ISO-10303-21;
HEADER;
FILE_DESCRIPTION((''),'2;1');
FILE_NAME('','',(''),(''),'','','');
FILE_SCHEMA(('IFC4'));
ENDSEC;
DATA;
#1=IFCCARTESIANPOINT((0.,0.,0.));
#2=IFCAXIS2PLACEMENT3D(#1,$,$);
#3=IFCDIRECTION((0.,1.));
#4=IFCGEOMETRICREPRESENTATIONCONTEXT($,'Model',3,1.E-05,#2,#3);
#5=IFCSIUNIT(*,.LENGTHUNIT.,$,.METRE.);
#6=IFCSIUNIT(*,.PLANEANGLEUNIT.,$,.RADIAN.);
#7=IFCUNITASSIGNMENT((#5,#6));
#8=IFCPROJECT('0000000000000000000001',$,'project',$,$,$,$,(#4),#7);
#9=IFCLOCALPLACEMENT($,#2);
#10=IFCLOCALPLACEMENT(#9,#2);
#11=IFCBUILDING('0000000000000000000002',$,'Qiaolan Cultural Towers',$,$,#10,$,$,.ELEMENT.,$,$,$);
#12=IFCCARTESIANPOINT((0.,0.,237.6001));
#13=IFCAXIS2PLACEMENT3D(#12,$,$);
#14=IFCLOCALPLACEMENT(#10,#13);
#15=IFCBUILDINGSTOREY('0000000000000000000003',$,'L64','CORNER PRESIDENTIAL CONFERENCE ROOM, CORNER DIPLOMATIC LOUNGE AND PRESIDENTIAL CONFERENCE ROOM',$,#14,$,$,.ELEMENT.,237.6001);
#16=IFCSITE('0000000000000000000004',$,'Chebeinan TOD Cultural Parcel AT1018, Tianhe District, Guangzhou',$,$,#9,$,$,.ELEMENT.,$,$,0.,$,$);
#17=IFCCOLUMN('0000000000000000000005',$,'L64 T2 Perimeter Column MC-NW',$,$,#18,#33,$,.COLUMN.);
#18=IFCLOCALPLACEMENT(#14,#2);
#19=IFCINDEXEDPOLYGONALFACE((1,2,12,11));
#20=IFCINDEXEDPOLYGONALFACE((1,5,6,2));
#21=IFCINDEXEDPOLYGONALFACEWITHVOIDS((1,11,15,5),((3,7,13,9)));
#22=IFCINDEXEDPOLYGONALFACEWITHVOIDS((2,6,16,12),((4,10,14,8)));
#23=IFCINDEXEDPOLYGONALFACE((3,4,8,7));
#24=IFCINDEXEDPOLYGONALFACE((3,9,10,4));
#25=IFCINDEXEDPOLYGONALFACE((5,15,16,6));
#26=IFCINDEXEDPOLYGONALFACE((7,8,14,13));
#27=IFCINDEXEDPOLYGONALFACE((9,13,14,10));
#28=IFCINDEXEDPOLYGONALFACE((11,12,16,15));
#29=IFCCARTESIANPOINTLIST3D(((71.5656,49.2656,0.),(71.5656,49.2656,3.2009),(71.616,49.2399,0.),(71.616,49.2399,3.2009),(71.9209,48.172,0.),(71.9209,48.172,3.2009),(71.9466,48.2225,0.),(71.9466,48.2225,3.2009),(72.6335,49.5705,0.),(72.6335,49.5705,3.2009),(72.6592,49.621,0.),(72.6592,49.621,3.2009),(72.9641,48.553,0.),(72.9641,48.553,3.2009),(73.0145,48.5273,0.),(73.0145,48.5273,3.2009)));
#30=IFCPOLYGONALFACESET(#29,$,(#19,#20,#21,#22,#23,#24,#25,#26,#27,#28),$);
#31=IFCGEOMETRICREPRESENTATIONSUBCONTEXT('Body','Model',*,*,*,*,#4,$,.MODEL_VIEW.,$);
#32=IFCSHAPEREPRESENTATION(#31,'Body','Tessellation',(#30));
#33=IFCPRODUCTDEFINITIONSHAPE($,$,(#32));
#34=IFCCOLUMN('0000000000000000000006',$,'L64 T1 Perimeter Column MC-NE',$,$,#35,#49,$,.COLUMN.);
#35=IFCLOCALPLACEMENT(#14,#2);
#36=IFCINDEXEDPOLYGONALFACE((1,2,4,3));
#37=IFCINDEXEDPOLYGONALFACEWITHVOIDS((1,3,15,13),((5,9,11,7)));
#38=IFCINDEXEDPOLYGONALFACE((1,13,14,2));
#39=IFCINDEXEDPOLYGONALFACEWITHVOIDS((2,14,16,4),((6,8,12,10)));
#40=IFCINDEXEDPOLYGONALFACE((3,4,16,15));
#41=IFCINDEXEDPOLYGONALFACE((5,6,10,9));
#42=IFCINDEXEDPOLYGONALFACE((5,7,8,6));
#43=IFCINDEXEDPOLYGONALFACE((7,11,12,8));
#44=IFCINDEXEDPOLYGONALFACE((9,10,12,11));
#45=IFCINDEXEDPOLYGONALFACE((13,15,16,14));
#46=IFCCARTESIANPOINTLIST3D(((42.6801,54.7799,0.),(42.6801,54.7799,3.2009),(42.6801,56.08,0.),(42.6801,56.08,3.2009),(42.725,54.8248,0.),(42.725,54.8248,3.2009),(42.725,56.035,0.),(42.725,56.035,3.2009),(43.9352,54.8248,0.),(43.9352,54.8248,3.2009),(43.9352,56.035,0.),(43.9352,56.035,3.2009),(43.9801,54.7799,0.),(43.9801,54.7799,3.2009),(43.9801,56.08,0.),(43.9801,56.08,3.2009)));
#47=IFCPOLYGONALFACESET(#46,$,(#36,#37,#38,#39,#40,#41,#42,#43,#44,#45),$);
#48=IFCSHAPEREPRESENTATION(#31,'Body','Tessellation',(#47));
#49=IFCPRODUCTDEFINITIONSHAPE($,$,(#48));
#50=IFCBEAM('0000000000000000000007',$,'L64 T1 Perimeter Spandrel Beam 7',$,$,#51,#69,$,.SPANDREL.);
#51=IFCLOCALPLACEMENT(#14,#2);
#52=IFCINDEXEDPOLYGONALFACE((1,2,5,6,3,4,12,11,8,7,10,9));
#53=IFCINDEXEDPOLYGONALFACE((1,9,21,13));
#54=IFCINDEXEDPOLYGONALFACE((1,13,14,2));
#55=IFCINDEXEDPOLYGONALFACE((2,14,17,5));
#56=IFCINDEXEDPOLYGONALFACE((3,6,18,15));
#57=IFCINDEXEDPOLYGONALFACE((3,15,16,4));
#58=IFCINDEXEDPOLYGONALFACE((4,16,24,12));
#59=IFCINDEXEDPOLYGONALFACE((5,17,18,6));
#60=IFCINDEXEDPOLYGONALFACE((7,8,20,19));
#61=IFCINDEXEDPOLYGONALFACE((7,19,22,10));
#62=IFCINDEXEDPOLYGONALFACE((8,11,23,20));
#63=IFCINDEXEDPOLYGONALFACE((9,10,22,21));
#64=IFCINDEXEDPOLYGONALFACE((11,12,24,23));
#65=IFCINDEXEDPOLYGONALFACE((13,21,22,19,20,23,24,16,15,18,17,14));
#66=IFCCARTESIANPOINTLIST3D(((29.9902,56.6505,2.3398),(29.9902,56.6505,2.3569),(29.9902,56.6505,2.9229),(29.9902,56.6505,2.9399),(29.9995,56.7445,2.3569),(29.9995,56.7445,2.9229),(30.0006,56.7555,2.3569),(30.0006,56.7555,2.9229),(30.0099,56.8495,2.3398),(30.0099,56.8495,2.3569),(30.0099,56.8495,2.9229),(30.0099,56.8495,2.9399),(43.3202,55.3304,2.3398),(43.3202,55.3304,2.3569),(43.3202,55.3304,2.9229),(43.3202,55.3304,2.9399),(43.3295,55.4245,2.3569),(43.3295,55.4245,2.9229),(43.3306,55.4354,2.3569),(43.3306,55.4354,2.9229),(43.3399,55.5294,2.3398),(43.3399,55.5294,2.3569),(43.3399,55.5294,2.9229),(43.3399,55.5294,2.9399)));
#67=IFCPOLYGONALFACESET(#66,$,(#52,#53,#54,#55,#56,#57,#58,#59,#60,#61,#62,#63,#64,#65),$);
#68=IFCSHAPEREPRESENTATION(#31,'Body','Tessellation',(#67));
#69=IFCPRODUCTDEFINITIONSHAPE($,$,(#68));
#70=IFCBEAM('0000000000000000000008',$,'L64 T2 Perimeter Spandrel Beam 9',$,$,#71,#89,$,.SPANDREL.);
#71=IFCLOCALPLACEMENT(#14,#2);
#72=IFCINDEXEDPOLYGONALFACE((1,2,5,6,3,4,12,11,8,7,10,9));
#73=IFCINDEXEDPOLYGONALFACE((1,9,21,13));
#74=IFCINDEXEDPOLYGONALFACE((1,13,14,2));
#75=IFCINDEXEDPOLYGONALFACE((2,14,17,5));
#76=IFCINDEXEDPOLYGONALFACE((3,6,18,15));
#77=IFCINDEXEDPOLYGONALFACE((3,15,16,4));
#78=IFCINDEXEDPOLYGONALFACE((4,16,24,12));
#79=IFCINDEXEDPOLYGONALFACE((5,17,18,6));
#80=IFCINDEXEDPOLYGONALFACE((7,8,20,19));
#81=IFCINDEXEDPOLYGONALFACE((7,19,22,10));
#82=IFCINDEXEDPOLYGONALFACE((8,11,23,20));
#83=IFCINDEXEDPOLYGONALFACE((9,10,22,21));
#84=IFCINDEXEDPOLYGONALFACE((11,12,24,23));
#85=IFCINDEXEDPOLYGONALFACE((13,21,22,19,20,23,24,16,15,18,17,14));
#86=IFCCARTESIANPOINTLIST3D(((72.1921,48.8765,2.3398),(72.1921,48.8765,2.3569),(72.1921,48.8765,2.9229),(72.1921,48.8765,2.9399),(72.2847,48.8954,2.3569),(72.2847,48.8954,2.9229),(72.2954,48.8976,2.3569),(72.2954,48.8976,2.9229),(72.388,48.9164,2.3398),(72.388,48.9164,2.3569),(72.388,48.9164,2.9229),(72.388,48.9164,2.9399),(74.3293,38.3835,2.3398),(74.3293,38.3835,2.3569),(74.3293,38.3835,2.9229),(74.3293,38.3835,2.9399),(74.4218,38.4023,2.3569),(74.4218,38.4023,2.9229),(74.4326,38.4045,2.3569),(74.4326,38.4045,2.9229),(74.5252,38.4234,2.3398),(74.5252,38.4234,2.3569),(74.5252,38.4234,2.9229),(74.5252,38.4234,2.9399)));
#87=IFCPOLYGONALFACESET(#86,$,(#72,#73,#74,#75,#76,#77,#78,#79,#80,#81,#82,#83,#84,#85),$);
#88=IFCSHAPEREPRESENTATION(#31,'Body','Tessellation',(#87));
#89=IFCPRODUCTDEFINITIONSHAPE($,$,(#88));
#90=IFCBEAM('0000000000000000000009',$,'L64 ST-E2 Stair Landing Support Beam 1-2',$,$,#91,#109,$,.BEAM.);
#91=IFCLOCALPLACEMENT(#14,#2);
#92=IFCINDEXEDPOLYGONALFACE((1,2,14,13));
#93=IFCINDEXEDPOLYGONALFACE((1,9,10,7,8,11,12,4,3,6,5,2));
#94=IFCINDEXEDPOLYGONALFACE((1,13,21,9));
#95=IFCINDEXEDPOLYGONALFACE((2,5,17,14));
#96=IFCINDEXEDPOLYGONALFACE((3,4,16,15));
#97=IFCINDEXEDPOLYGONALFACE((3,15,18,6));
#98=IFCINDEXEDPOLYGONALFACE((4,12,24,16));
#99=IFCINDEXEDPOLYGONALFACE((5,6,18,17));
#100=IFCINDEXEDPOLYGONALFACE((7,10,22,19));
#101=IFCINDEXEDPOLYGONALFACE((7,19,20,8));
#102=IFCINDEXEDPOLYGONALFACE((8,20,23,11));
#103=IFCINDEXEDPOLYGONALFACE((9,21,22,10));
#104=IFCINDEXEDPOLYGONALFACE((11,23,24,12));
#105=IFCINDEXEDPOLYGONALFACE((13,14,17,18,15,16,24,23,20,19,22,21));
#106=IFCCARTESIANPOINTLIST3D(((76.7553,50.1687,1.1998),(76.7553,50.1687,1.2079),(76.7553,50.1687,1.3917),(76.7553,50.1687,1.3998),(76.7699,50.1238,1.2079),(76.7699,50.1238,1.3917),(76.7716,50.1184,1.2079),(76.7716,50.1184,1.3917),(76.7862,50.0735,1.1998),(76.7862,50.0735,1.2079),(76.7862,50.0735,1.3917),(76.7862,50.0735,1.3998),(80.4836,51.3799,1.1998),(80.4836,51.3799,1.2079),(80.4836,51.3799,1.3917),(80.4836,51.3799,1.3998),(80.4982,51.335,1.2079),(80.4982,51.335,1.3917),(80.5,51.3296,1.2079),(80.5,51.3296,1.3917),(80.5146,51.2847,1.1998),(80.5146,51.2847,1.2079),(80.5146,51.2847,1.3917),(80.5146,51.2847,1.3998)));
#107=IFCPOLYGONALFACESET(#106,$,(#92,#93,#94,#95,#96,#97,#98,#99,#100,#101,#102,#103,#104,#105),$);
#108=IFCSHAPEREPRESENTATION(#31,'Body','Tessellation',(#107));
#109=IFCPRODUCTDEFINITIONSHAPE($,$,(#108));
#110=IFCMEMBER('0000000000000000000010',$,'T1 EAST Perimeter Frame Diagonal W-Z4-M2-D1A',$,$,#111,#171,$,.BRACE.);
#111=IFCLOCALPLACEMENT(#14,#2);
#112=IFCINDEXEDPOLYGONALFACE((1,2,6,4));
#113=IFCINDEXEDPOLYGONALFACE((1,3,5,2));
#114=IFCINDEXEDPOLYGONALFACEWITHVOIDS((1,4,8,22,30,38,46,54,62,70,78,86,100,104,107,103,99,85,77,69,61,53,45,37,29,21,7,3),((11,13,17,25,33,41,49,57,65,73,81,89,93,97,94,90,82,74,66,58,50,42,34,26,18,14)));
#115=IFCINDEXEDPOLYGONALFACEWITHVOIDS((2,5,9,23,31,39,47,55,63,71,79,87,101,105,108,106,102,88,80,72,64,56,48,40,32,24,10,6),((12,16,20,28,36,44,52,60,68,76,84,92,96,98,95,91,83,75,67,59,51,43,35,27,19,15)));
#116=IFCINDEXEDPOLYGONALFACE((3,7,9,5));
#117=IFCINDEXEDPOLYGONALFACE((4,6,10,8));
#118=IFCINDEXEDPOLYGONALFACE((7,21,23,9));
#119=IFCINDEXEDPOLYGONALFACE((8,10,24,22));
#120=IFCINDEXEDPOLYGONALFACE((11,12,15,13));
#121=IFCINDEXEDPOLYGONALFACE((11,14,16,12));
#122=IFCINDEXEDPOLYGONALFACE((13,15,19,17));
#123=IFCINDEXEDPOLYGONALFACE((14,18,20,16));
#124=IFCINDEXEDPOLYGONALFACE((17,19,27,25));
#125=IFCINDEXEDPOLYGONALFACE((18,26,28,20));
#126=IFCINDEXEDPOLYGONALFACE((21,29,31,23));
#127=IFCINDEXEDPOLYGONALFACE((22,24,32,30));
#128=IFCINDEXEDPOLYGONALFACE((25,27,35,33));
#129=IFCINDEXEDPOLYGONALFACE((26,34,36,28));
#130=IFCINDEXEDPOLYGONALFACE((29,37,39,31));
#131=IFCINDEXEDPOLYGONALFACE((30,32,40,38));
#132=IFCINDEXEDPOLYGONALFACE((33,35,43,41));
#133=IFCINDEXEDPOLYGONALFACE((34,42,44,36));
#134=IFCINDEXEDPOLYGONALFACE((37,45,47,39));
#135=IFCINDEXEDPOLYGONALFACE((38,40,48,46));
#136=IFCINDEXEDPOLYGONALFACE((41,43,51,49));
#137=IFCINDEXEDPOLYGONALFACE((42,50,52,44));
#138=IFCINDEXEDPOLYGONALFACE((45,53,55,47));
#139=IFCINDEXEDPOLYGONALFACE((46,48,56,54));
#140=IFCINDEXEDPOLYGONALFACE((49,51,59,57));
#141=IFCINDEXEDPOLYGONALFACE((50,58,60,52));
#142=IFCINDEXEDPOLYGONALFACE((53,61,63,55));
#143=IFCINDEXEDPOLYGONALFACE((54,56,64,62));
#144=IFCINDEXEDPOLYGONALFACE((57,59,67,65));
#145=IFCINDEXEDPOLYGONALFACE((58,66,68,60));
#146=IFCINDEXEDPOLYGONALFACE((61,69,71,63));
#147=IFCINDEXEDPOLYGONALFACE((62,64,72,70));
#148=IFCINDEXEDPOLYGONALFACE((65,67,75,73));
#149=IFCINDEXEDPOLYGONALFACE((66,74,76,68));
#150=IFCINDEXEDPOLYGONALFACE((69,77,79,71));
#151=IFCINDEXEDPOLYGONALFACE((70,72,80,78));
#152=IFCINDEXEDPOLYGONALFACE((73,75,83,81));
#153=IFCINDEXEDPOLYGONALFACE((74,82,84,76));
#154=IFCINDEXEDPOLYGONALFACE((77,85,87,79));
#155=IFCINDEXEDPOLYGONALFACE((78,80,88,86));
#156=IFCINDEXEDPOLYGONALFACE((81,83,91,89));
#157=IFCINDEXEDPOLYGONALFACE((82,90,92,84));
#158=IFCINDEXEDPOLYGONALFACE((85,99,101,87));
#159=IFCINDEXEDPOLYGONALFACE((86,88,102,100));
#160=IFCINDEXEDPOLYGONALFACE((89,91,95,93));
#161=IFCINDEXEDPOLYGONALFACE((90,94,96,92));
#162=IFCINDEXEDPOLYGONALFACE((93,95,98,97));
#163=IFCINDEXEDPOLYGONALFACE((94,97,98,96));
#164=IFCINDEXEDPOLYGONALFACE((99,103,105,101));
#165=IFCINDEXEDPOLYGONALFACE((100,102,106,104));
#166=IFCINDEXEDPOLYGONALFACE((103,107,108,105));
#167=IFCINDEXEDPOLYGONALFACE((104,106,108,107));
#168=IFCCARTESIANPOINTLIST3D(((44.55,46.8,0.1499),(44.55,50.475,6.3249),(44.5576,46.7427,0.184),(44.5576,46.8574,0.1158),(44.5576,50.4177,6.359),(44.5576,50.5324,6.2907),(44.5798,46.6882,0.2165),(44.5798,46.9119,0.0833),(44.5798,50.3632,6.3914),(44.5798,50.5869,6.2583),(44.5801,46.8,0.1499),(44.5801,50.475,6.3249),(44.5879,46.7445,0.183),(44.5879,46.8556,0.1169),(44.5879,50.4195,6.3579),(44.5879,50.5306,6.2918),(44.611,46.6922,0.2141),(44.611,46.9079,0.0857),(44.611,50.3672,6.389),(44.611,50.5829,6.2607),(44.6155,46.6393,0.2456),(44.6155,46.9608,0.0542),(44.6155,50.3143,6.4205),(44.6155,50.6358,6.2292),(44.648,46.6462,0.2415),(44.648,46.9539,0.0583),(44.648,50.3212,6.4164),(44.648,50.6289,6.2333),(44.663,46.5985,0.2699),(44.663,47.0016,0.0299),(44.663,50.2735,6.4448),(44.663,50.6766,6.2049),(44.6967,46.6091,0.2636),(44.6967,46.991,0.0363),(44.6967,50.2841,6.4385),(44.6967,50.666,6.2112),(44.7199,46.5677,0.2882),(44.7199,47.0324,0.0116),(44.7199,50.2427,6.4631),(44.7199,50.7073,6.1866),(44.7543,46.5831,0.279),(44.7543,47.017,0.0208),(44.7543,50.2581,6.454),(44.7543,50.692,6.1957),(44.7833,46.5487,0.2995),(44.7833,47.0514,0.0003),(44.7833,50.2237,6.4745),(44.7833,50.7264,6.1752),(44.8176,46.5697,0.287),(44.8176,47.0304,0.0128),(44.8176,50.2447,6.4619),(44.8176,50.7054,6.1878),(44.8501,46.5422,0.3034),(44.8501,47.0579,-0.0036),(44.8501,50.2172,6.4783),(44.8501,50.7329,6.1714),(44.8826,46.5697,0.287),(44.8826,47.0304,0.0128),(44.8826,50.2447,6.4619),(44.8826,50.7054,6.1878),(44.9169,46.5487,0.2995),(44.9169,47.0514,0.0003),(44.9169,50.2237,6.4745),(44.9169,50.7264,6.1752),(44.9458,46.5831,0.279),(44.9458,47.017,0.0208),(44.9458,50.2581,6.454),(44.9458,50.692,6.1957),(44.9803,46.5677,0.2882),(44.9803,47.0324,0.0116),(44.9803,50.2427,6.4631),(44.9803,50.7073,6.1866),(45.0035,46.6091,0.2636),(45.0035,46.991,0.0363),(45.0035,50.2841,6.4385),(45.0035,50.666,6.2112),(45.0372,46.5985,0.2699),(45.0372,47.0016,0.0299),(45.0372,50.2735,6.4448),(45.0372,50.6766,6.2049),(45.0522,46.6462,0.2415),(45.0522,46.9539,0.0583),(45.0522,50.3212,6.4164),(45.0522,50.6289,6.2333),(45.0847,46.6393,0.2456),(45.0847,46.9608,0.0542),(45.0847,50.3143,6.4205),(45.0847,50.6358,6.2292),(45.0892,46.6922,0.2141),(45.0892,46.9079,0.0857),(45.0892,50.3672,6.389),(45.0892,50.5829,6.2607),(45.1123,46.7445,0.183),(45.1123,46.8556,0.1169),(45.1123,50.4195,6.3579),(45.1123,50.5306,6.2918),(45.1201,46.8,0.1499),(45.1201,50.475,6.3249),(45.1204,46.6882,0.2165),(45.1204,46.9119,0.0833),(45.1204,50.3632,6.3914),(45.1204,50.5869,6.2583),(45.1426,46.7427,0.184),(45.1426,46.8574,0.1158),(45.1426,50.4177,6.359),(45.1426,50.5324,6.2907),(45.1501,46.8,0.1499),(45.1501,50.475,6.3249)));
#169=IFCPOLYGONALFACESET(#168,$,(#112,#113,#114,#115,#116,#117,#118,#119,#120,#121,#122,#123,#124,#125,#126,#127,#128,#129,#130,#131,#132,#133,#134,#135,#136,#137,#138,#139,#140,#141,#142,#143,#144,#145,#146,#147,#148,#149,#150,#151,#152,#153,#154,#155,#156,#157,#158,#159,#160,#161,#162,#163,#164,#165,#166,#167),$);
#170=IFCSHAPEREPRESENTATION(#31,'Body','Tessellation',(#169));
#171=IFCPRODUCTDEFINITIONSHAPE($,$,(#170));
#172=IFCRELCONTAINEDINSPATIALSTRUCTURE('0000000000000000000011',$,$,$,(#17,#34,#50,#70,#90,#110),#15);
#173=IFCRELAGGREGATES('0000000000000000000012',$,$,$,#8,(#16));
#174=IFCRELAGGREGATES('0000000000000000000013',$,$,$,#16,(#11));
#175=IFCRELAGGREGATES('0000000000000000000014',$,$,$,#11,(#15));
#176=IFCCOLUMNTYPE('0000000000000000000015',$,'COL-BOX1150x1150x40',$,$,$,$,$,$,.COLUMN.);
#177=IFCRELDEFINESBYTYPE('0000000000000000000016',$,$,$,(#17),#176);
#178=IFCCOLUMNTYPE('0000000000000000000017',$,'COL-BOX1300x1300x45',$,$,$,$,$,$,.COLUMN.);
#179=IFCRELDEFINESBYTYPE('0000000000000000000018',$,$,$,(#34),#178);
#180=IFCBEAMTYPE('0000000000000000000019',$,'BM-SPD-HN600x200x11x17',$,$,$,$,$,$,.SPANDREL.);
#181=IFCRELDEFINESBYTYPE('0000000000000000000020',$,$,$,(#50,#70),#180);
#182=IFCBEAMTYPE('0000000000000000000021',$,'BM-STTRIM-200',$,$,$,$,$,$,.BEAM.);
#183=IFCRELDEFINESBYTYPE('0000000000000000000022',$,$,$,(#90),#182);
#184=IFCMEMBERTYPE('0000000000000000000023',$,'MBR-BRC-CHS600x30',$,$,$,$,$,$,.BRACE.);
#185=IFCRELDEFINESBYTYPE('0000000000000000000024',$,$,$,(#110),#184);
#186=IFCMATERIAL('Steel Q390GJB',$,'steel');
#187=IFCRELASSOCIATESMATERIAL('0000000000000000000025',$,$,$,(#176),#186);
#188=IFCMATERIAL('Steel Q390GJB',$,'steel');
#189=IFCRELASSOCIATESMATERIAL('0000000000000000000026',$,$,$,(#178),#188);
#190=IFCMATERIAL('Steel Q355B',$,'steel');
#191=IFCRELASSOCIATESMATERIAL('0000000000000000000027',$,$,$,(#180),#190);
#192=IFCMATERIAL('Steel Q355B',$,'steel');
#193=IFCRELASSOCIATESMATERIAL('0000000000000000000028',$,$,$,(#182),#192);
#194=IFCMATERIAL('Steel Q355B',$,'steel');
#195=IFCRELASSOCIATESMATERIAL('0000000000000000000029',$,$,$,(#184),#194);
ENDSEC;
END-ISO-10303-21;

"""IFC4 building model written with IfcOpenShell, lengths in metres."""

from ifc_helpers import new_model, si_unit, direction, frame, origin, origin_2d, place, context, subcontext, project, spatial, hollow_rectangle, hollow_circle, i_section, extrude, material, material_profile, profile_set, type_object, element, save


model = new_model("IFC4")

# Units and contexts
model_context = context("Model", 3, precision=1e-05, world=origin(), true_north=direction((0.0, 1.0)))
body_context = subcontext(model_context, "Body", "Model", "MODEL_VIEW")
ifc_project = project(units=[si_unit("LENGTHUNIT", "METRE"), si_unit("PLANEANGLEUNIT", "RADIAN")], contexts=[model_context])

# Site, building, storey
site_placement = place(None, origin())
site = spatial("IfcSite", under=ifc_project, at=site_placement, Name="Chebeinan TOD Cultural Parcel AT1018, Tianhe District, Guangzhou", CompositionType="ELEMENT", RefElevation=0.0)
building_placement = place(site_placement, origin())
building = spatial("IfcBuilding", under=site, at=building_placement, Name="Qiaolan Cultural Towers", CompositionType="ELEMENT")
storey_placement = place(building_placement, frame((0.0, 0.0, 237.6001)))
storey = spatial("IfcBuildingStorey", under=building, at=storey_placement, Name="L64", Description="CORNER PRESIDENTIAL CONFERENCE ROOM, CORNER DIPLOMATIC LOUNGE AND PRESIDENTIAL CONFERENCE ROOM", CompositionType="ELEMENT", Elevation=237.6001)

# Columns
ifc_material_1 = material(Name="Steel Q390GJB", Category="steel")
ifc_material_profile_1 = material_profile(ifc_material_1, hollow_rectangle(XDim=1.1499, YDim=1.1499, WallThickness=0.04, at=origin_2d()), Name="BOX1150x1150x40")
ifc_profile_set_1 = profile_set([ifc_material_profile_1], Name="Steel Q390GJB")
column_type_1 = type_object("IfcColumnType", Name="COL-BOX1150x1150x40", PredefinedType="COLUMN", material=ifc_profile_set_1)
column_1_placement = place(storey_placement, frame((72.29, 48.8965, 0.0), z_axis=(0.0, 0.0, 1.0), x_axis=(0.951057, 0.309017, 0.0)))
element("IfcColumn", 1, at=column_1_placement, inside=storey, type_object=column_type_1, Name="L64 T2 Perimeter Column MC-NW", PredefinedType="COLUMN", context=body_context, shape_type="SweptSolid", body=[
    extrude(hollow_rectangle(XDim=1.1499, YDim=1.1499, WallThickness=0.04, at=origin_2d()), origin(), (0.0, 0.0, 1.0), 3.2009),
])
ifc_material_2 = material(Name="Steel Q390GJB", Category="steel")
ifc_material_profile_2 = material_profile(ifc_material_2, hollow_rectangle(XDim=1.3, YDim=1.3, WallThickness=0.0449, at=origin_2d()), Name="BOX1300x1300x45")
ifc_profile_set_2 = profile_set([ifc_material_profile_2], Name="Steel Q390GJB")
column_type_2 = type_object("IfcColumnType", Name="COL-BOX1300x1300x45", PredefinedType="COLUMN", material=ifc_profile_set_2)
column_2_placement = place(storey_placement, frame((43.3301, 55.4299, 0.0), z_axis=(0.0, 0.0, 1.0), x_axis=(1.0, 0.0, 0.0)))
element("IfcColumn", 2, at=column_2_placement, inside=storey, type_object=column_type_2, Name="L64 T1 Perimeter Column MC-NE", PredefinedType="COLUMN", context=body_context, shape_type="SweptSolid", body=[
    extrude(hollow_rectangle(XDim=1.3, YDim=1.3, WallThickness=0.0449, at=origin_2d()), origin(), (0.0, 0.0, 1.0), 3.2009),
])

# Beams
ifc_material_3 = material(Name="Steel Q355B", Category="steel")
ifc_material_profile_3 = material_profile(ifc_material_3, i_section(OverallWidth=0.2, OverallDepth=0.6001, WebThickness=0.011, FlangeThickness=0.0171, at=origin_2d()), Name="HN600x200x11x17")
ifc_profile_set_3 = profile_set([ifc_material_profile_3], Name="Steel Q355B")
beam_type_1 = type_object("IfcBeamType", Name="BM-SPD-HN600x200x11x17", PredefinedType="SPANDREL", material=ifc_profile_set_3)
beam_1_placement = place(storey_placement, frame((43.3301, 55.4299, 2.6399), z_axis=(-0.995132, 0.098547, 0.0), x_axis=(-0.098547, -0.995132, 0.0)))
element("IfcBeam", 3, at=beam_1_placement, inside=storey, type_object=beam_type_1, Name="L64 T1 Perimeter Spandrel Beam 7", PredefinedType="SPANDREL", context=body_context, shape_type="SweptSolid", body=[
    extrude(i_section(OverallWidth=0.2, OverallDepth=0.6001, WebThickness=0.011, FlangeThickness=0.0171, at=origin_2d()), origin(), (0.0, 0.0, 1.0), 13.3953),
])
beam_2_placement = place(storey_placement, frame((72.29, 48.8965, 2.6399), z_axis=(0.199579, -0.979882, 0.0), x_axis=(0.979882, 0.199579, 0.0)))
element("IfcBeam", 4, at=beam_2_placement, inside=storey, type_object=beam_type_1, Name="L64 T2 Perimeter Spandrel Beam 9", PredefinedType="SPANDREL", context=body_context, shape_type="SweptSolid", body=[
    extrude(i_section(OverallWidth=0.2, OverallDepth=0.6001, WebThickness=0.011, FlangeThickness=0.0171, at=origin_2d()), origin(), (0.0, 0.0, 1.0), 10.7085),
])
ifc_material_4 = material(Name="Steel Q355B", Category="steel")
ifc_material_profile_4 = material_profile(ifc_material_4, i_section(OverallWidth=0.1001, OverallDepth=0.2, WebThickness=0.0056, FlangeThickness=0.0081, at=origin_2d()), Name="HN200x100x5.5x8")
ifc_profile_set_4 = profile_set([ifc_material_profile_4], Name="Steel Q355B")
beam_type_2 = type_object("IfcBeamType", Name="BM-STTRIM-200", PredefinedType="BEAM", material=ifc_profile_set_4)
beam_3_placement = place(storey_placement, frame((76.7708, 50.1211, 1.2998), z_axis=(0.951072, 0.308969, 0.0), x_axis=(-0.308969, 0.951072, 0.0)))
element("IfcBeam", 5, at=beam_3_placement, inside=storey, type_object=beam_type_2, Name="L64 ST-E2 Stair Landing Support Beam 1-2", PredefinedType="BEAM", context=body_context, shape_type="SweptSolid", body=[
    extrude(i_section(OverallWidth=0.1001, OverallDepth=0.2, WebThickness=0.0056, FlangeThickness=0.0081, at=origin_2d()), origin(), (0.0, 0.0, 1.0), 3.9202),
])

# Member
ifc_material_5 = material(Name="Steel Q355B", Category="steel")
ifc_material_profile_5 = material_profile(ifc_material_5, hollow_circle(Radius=0.3, WallThickness=0.03, at=origin_2d()), Name="CHS600x30")
ifc_profile_set_5 = profile_set([ifc_material_profile_5], Name="Steel Q355B")
member_type = type_object("IfcMemberType", Name="MBR-BRC-CHS600x30", PredefinedType="BRACE", material=ifc_profile_set_5)
for number, where, z_axis, x_axis, name in (
    (6, (44.8501, 46.8, 0.1499), (0.0, 0.511425, 0.859328), (-1.0, 0.0, 0.0), "T1 EAST Perimeter Frame Diagonal W-Z4-M2-D1A"),
):
    element("IfcMember", number, at=place(storey_placement, frame(where, z_axis=z_axis, x_axis=x_axis)), inside=storey, type_object=member_type, Name=name, PredefinedType="BRACE", context=body_context, shape_type="SweptSolid", body=[
        extrude(hollow_circle(Radius=0.3, WallThickness=0.03, at=origin_2d()), origin(), (0.0, 0.0, 1.0), 7.1858),
    ])

save(model, "model.ifc")
